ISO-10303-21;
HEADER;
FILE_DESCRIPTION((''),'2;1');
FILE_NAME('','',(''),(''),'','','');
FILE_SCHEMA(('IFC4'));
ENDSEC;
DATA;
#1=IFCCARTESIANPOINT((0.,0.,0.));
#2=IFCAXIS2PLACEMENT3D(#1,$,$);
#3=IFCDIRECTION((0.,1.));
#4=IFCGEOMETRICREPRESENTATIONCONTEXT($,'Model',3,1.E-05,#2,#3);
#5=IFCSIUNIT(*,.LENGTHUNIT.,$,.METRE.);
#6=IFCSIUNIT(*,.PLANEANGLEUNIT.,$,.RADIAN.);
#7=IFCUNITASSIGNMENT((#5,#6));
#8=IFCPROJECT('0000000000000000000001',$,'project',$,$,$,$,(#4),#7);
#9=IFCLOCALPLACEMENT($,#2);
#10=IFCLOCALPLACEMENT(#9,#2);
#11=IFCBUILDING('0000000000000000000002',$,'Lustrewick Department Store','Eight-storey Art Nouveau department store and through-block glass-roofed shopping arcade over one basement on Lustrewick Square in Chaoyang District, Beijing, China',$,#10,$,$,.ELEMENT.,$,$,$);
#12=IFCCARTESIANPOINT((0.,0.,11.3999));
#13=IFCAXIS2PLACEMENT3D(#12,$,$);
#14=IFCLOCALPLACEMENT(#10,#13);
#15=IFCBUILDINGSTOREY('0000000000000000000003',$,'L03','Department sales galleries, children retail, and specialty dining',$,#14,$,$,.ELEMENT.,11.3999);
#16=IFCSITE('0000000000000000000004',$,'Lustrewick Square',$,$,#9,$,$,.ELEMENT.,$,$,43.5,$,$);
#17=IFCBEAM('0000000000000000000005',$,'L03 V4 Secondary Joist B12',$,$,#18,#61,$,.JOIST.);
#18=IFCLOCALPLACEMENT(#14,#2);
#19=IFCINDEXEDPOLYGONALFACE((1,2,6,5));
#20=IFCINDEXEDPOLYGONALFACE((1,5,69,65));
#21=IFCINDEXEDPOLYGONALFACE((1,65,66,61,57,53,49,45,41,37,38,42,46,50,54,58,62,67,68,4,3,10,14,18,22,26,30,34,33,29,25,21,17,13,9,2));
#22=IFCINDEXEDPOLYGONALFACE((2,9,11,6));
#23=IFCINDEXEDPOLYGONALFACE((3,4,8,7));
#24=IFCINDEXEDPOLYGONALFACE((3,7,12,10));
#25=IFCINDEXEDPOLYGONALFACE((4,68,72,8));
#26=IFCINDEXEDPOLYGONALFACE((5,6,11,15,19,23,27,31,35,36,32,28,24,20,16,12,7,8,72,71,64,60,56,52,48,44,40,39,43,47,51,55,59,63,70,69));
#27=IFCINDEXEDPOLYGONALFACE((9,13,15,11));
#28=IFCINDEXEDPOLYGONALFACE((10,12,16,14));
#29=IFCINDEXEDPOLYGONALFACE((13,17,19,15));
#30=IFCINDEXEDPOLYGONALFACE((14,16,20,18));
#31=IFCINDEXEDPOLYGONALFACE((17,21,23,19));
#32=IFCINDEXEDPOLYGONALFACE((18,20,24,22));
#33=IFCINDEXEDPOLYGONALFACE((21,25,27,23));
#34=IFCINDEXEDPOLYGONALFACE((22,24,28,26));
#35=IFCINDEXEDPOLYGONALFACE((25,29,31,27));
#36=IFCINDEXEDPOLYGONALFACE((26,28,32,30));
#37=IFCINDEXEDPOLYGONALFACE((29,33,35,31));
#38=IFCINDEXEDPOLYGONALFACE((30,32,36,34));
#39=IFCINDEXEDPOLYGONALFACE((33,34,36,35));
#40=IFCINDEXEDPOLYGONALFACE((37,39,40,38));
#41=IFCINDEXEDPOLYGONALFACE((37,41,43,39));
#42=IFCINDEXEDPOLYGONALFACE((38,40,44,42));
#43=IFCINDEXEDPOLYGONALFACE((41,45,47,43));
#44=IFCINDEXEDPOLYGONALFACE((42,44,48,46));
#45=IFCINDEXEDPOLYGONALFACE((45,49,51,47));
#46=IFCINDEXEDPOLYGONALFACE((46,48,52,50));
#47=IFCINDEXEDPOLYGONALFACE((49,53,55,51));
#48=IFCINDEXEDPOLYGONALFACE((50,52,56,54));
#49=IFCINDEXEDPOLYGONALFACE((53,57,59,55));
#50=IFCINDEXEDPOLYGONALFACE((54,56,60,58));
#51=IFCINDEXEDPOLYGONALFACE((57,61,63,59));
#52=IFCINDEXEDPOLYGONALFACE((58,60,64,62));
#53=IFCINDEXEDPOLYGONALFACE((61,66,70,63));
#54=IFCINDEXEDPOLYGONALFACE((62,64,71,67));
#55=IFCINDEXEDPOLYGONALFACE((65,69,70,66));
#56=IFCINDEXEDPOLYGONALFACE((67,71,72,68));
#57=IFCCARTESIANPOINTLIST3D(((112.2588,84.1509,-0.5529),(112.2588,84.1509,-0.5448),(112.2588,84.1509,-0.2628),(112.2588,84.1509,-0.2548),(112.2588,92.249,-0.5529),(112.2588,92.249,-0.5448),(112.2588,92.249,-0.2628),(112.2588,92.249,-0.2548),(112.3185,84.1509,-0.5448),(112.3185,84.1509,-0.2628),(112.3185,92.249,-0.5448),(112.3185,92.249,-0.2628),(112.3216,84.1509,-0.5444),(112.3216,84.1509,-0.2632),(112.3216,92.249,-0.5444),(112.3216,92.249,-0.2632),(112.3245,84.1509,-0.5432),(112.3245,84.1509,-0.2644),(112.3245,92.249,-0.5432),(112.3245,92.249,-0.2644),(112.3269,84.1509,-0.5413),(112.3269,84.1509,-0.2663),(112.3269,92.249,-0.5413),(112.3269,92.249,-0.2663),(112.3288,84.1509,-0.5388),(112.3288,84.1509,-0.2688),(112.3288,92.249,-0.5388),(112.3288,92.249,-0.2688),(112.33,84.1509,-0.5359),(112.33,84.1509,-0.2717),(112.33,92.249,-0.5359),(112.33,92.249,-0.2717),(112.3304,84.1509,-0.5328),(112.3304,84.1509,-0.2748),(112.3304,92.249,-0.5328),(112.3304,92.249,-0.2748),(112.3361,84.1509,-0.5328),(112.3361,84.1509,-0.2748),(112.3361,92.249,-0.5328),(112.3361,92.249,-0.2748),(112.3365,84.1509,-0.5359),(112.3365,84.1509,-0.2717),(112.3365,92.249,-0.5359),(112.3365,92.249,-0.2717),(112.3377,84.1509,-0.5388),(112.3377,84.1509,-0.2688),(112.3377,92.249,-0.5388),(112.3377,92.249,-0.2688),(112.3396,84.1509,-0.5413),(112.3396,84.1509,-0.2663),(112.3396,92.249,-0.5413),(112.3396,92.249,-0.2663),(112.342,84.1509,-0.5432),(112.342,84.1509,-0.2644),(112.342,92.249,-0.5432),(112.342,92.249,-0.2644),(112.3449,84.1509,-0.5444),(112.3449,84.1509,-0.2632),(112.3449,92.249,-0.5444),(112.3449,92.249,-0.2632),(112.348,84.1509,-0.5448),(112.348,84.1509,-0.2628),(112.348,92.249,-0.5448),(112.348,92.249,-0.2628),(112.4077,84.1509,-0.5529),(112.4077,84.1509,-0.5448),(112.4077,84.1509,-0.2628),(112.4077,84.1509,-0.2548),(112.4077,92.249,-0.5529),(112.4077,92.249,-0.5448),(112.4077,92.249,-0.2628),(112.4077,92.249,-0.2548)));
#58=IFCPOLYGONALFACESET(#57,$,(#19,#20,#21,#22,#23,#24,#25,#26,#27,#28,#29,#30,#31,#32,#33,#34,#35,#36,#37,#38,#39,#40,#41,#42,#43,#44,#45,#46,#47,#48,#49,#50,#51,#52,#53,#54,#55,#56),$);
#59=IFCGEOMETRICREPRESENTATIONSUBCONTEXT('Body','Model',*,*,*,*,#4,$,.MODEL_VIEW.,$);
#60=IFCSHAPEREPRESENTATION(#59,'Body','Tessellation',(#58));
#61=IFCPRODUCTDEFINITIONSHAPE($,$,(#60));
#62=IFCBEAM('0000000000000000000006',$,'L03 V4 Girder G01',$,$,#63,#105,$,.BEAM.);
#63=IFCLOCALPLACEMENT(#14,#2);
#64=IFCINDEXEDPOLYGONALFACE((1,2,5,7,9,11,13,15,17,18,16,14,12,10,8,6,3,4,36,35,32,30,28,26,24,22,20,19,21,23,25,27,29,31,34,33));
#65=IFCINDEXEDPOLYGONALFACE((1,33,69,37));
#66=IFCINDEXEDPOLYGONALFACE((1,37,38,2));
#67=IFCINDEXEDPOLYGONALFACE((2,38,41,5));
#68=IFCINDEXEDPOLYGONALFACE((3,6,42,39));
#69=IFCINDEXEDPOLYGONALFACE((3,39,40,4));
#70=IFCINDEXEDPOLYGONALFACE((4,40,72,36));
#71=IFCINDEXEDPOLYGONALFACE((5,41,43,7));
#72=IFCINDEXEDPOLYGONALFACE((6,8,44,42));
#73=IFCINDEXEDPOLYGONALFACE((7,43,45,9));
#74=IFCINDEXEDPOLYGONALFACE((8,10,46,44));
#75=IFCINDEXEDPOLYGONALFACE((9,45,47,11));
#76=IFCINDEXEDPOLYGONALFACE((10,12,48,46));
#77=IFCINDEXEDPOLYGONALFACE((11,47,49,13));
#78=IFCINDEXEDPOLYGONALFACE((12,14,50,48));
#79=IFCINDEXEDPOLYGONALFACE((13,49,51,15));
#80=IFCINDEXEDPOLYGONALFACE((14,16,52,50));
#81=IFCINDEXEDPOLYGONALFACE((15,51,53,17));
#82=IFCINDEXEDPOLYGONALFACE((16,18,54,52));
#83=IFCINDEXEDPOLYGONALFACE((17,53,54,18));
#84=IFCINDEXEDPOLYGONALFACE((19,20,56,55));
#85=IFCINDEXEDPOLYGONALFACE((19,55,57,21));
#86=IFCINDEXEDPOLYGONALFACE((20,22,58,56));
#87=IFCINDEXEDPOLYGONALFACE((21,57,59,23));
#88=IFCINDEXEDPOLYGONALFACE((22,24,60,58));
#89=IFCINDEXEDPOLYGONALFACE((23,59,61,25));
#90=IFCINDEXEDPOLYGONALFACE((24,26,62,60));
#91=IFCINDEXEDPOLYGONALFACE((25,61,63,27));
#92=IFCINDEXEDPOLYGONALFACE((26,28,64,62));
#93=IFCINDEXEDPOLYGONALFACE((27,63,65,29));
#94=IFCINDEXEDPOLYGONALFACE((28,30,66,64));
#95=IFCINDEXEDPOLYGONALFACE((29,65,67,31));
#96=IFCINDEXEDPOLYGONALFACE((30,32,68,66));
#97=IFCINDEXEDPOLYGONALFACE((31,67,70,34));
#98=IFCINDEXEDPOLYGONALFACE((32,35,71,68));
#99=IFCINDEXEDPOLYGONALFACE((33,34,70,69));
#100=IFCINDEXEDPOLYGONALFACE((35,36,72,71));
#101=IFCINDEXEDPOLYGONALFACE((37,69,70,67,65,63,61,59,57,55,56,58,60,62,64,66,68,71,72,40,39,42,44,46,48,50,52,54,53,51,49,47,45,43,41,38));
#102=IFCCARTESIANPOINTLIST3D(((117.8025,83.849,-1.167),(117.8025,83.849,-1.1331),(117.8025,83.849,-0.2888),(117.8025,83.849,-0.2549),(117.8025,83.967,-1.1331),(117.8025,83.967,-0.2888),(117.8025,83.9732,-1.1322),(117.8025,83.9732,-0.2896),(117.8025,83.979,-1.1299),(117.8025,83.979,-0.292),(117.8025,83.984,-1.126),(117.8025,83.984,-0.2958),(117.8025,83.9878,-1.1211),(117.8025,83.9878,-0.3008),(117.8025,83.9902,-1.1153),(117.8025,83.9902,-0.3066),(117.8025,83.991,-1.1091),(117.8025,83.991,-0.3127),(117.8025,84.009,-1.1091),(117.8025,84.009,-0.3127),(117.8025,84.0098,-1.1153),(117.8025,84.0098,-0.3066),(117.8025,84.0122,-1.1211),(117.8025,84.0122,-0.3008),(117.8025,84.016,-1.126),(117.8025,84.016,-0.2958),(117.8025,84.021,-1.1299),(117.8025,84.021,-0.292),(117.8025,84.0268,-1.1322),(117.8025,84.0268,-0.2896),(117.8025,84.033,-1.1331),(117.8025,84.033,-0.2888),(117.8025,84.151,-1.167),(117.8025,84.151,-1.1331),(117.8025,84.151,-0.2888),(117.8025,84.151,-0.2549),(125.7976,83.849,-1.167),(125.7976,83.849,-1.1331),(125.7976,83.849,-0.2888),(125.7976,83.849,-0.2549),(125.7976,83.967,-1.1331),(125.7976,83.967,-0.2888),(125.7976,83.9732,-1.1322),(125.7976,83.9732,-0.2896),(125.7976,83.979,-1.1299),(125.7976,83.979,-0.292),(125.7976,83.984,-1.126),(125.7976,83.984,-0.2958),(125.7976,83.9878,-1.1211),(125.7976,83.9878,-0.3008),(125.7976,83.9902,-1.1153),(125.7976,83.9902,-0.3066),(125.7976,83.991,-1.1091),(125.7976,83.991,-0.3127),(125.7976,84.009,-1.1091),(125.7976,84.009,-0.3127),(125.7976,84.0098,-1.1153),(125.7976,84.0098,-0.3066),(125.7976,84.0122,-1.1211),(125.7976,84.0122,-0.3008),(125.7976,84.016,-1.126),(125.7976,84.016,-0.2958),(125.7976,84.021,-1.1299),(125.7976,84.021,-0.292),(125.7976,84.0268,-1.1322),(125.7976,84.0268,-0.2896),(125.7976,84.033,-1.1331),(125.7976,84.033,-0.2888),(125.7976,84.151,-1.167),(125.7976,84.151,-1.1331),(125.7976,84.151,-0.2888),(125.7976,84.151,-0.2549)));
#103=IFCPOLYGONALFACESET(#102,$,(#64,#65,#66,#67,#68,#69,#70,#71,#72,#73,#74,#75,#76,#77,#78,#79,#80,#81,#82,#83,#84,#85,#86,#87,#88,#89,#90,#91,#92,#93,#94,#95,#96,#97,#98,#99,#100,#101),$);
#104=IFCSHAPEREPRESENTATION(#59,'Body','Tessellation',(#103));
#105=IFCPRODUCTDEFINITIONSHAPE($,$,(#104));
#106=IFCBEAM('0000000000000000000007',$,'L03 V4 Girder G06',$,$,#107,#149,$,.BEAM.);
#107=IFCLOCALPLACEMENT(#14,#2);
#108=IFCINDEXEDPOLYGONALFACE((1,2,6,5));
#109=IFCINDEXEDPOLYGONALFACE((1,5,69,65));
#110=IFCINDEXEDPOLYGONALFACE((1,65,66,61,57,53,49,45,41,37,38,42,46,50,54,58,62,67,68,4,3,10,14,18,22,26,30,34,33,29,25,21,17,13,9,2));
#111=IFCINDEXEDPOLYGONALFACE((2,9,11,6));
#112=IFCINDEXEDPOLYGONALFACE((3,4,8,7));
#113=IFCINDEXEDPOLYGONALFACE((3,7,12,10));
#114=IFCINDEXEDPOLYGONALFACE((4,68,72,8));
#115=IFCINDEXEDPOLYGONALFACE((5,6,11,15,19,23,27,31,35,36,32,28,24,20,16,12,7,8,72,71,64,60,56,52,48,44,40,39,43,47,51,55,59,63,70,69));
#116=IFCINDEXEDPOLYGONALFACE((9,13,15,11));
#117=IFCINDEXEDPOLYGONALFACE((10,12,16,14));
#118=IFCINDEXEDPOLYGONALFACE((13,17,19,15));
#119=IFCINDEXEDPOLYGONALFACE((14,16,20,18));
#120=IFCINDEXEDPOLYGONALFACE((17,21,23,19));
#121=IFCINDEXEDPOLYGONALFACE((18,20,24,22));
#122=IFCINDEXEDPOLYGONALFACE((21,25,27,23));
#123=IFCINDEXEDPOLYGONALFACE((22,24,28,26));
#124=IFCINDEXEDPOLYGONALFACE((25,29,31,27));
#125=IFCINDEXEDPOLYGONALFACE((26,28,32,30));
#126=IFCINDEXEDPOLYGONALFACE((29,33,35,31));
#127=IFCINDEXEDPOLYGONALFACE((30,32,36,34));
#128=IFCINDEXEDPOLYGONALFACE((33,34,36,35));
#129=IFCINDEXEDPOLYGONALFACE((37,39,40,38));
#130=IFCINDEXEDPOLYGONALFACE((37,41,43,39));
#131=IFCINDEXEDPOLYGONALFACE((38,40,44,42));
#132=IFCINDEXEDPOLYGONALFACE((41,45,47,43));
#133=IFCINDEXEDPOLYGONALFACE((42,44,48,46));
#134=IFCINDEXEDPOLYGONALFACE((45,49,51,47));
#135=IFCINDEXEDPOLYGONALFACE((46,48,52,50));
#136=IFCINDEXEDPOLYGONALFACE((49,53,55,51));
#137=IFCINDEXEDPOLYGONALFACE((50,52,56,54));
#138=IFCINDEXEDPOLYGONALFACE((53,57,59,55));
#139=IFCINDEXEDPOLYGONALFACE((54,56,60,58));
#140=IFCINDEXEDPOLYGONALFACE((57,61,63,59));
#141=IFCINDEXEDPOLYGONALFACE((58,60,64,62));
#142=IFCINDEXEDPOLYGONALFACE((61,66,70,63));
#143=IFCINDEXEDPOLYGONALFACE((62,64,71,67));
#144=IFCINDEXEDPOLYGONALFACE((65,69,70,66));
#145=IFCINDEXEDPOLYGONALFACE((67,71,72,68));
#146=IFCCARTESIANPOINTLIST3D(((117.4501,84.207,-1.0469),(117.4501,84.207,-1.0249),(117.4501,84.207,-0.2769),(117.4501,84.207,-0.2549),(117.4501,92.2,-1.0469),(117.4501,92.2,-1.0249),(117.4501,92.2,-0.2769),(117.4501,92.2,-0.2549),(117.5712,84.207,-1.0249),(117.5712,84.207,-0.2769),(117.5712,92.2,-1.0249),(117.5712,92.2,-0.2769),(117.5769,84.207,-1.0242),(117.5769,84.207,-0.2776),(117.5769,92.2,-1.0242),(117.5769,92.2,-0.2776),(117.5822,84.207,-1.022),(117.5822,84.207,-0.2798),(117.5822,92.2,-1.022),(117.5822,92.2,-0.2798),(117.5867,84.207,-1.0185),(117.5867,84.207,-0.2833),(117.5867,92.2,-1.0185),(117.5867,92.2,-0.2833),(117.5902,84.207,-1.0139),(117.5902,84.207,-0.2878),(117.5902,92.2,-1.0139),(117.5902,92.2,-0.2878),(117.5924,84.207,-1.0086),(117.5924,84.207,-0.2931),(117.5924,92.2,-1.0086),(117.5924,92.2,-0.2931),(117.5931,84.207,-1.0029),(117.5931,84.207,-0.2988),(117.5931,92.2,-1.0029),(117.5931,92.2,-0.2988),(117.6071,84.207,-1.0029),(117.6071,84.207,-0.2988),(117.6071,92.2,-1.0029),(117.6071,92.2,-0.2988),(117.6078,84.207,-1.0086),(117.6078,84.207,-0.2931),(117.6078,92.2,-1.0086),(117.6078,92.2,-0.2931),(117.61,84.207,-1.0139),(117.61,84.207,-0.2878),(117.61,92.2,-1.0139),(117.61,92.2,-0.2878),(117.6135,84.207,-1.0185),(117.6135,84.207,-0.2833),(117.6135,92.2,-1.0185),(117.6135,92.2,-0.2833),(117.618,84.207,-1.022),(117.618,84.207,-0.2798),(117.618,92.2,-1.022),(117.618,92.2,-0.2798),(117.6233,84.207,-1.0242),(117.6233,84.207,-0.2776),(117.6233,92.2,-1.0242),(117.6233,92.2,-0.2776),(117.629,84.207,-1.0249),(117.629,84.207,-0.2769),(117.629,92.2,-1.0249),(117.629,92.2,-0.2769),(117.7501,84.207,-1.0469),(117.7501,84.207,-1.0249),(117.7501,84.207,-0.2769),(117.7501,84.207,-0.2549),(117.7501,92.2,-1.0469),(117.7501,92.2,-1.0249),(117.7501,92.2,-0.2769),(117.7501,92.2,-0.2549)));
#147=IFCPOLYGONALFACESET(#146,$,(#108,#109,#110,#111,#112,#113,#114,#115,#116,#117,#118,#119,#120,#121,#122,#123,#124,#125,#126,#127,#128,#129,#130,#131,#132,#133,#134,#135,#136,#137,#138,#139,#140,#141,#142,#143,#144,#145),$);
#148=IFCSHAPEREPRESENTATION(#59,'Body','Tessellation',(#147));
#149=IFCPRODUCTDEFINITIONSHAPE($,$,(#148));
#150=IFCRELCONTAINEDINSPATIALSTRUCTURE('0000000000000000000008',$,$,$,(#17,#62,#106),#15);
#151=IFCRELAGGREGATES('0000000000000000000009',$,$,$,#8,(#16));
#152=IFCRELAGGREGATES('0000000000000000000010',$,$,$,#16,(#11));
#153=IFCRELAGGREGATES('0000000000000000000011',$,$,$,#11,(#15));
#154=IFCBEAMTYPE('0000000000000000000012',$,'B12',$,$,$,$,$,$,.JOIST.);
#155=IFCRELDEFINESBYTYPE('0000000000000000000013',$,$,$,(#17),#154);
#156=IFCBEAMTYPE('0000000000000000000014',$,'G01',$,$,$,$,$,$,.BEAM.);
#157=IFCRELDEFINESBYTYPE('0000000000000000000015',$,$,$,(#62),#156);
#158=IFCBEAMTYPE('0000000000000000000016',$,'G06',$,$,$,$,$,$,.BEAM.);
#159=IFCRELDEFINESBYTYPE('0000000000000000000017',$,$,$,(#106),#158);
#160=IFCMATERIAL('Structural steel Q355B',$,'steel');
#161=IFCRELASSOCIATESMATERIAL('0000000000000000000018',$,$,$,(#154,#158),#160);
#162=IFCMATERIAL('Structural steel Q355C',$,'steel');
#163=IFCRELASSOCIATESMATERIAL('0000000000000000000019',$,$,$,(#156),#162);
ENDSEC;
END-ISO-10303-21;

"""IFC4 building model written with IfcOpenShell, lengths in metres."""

from ifc_helpers import new_model, si_unit, direction, frame, origin, origin_2d, place, context, subcontext, project, spatial, i_section, extrude, material, material_profile, profile_set, type_object, element, save


model = new_model("IFC4")

# Units and contexts
model_context = context("Model", 3, precision=1e-05, world=origin(), true_north=direction((0.0, 1.0)))
body_context = subcontext(model_context, "Body", "Model", "MODEL_VIEW")
ifc_project = project(units=[si_unit("LENGTHUNIT", "METRE"), si_unit("PLANEANGLEUNIT", "RADIAN")], contexts=[model_context])

# Site, building, storey
site_placement = place(None, origin())
site = spatial("IfcSite", under=ifc_project, at=site_placement, Name="Lustrewick Square", CompositionType="ELEMENT", RefElevation=43.5)
building_placement = place(site_placement, origin())
building = spatial("IfcBuilding", under=site, at=building_placement, Name="Lustrewick Department Store", Description="Eight-storey Art Nouveau department store and through-block glass-roofed shopping arcade over one basement on Lustrewick Square in Chaoyang District, Beijing, China", CompositionType="ELEMENT")
storey_placement = place(building_placement, frame((0.0, 0.0, 11.3999)))
storey = spatial("IfcBuildingStorey", under=building, at=storey_placement, Name="L03", Description="Department sales galleries, children retail, and specialty dining", CompositionType="ELEMENT", Elevation=11.3999)

# Shared definitions
ifc_material_1 = material(Name="Structural steel Q355B", Category="steel")

# Beams
ifc_material_profile_1 = material_profile(ifc_material_1, i_section(OverallWidth=0.1489, OverallDepth=0.2981, WebThickness=0.0056, FlangeThickness=0.0081, FilletRadius=0.012, at=origin_2d()), Name="HN 298x149x5.5x8")
ifc_profile_set_1 = profile_set([ifc_material_profile_1], Name="Structural steel Q355B")
beam_type_1 = type_object("IfcBeamType", Name="B12", PredefinedType="JOIST", material=ifc_profile_set_1)
beam_1_placement = place(storey_placement, frame((112.3333, 84.1509, -0.4038), z_axis=(0.0, 1.0, 0.0), x_axis=(-1.0, 0.0, 0.0)))
element("IfcBeam", 1, at=beam_1_placement, inside=storey, type_object=beam_type_1, Name="L03 V4 Secondary Joist B12", PredefinedType="JOIST", context=body_context, shape_type="SweptSolid", body=[
    extrude(i_section(OverallWidth=0.1489, OverallDepth=0.2981, WebThickness=0.0056, FlangeThickness=0.0081, FilletRadius=0.012, at=origin_2d()), origin(), (0.0, 0.0, 1.0), 8.0981),
])
ifc_material_2 = material(Name="Structural steel Q355C", Category="steel")
ifc_material_profile_2 = material_profile(ifc_material_2, i_section(OverallWidth=0.302, OverallDepth=0.9121, WebThickness=0.0181, FlangeThickness=0.0339, FilletRadius=0.0239, at=origin_2d()), Name="HN 912x302x18x34")
ifc_profile_set_2 = profile_set([ifc_material_profile_2], Name="Structural steel Q355C")
beam_type_2 = type_object("IfcBeamType", Name="G01", PredefinedType="BEAM", material=ifc_profile_set_2)
beam_2_placement = place(storey_placement, frame((117.8025, 84.0, -0.7109), z_axis=(1.0, 0.0, 0.0), x_axis=(0.0, 1.0, 0.0)))
element("IfcBeam", 2, at=beam_2_placement, inside=storey, type_object=beam_type_2, Name="L03 V4 Girder G01", PredefinedType="BEAM", context=body_context, shape_type="SweptSolid", body=[
    extrude(i_section(OverallWidth=0.302, OverallDepth=0.9121, WebThickness=0.0181, FlangeThickness=0.0339, FilletRadius=0.0239, at=origin_2d()), origin(), (0.0, 0.0, 1.0), 7.9951),
])
ifc_material_profile_3 = material_profile(ifc_material_1, i_section(OverallWidth=0.3, OverallDepth=0.792, WebThickness=0.0139, FlangeThickness=0.022, FilletRadius=0.022, at=origin_2d()), Name="HN 792x300x14x22")
ifc_profile_set_3 = profile_set([ifc_material_profile_3], Name="Structural steel Q355B")
beam_type_3 = type_object("IfcBeamType", Name="G06", PredefinedType="BEAM", material=ifc_profile_set_3)
beam_3_placement = place(storey_placement, frame((117.6001, 84.207, -0.6509), z_axis=(0.0, 1.0, 0.0), x_axis=(-1.0, 0.0, 0.0)))
element("IfcBeam", 3, at=beam_3_placement, inside=storey, type_object=beam_type_3, Name="L03 V4 Girder G06", PredefinedType="BEAM", context=body_context, shape_type="SweptSolid", body=[
    extrude(i_section(OverallWidth=0.3, OverallDepth=0.792, WebThickness=0.0139, FlangeThickness=0.022, FilletRadius=0.022, at=origin_2d()), origin(), (0.0, 0.0, 1.0), 7.9929),
])

save(model, "model.ifc")
